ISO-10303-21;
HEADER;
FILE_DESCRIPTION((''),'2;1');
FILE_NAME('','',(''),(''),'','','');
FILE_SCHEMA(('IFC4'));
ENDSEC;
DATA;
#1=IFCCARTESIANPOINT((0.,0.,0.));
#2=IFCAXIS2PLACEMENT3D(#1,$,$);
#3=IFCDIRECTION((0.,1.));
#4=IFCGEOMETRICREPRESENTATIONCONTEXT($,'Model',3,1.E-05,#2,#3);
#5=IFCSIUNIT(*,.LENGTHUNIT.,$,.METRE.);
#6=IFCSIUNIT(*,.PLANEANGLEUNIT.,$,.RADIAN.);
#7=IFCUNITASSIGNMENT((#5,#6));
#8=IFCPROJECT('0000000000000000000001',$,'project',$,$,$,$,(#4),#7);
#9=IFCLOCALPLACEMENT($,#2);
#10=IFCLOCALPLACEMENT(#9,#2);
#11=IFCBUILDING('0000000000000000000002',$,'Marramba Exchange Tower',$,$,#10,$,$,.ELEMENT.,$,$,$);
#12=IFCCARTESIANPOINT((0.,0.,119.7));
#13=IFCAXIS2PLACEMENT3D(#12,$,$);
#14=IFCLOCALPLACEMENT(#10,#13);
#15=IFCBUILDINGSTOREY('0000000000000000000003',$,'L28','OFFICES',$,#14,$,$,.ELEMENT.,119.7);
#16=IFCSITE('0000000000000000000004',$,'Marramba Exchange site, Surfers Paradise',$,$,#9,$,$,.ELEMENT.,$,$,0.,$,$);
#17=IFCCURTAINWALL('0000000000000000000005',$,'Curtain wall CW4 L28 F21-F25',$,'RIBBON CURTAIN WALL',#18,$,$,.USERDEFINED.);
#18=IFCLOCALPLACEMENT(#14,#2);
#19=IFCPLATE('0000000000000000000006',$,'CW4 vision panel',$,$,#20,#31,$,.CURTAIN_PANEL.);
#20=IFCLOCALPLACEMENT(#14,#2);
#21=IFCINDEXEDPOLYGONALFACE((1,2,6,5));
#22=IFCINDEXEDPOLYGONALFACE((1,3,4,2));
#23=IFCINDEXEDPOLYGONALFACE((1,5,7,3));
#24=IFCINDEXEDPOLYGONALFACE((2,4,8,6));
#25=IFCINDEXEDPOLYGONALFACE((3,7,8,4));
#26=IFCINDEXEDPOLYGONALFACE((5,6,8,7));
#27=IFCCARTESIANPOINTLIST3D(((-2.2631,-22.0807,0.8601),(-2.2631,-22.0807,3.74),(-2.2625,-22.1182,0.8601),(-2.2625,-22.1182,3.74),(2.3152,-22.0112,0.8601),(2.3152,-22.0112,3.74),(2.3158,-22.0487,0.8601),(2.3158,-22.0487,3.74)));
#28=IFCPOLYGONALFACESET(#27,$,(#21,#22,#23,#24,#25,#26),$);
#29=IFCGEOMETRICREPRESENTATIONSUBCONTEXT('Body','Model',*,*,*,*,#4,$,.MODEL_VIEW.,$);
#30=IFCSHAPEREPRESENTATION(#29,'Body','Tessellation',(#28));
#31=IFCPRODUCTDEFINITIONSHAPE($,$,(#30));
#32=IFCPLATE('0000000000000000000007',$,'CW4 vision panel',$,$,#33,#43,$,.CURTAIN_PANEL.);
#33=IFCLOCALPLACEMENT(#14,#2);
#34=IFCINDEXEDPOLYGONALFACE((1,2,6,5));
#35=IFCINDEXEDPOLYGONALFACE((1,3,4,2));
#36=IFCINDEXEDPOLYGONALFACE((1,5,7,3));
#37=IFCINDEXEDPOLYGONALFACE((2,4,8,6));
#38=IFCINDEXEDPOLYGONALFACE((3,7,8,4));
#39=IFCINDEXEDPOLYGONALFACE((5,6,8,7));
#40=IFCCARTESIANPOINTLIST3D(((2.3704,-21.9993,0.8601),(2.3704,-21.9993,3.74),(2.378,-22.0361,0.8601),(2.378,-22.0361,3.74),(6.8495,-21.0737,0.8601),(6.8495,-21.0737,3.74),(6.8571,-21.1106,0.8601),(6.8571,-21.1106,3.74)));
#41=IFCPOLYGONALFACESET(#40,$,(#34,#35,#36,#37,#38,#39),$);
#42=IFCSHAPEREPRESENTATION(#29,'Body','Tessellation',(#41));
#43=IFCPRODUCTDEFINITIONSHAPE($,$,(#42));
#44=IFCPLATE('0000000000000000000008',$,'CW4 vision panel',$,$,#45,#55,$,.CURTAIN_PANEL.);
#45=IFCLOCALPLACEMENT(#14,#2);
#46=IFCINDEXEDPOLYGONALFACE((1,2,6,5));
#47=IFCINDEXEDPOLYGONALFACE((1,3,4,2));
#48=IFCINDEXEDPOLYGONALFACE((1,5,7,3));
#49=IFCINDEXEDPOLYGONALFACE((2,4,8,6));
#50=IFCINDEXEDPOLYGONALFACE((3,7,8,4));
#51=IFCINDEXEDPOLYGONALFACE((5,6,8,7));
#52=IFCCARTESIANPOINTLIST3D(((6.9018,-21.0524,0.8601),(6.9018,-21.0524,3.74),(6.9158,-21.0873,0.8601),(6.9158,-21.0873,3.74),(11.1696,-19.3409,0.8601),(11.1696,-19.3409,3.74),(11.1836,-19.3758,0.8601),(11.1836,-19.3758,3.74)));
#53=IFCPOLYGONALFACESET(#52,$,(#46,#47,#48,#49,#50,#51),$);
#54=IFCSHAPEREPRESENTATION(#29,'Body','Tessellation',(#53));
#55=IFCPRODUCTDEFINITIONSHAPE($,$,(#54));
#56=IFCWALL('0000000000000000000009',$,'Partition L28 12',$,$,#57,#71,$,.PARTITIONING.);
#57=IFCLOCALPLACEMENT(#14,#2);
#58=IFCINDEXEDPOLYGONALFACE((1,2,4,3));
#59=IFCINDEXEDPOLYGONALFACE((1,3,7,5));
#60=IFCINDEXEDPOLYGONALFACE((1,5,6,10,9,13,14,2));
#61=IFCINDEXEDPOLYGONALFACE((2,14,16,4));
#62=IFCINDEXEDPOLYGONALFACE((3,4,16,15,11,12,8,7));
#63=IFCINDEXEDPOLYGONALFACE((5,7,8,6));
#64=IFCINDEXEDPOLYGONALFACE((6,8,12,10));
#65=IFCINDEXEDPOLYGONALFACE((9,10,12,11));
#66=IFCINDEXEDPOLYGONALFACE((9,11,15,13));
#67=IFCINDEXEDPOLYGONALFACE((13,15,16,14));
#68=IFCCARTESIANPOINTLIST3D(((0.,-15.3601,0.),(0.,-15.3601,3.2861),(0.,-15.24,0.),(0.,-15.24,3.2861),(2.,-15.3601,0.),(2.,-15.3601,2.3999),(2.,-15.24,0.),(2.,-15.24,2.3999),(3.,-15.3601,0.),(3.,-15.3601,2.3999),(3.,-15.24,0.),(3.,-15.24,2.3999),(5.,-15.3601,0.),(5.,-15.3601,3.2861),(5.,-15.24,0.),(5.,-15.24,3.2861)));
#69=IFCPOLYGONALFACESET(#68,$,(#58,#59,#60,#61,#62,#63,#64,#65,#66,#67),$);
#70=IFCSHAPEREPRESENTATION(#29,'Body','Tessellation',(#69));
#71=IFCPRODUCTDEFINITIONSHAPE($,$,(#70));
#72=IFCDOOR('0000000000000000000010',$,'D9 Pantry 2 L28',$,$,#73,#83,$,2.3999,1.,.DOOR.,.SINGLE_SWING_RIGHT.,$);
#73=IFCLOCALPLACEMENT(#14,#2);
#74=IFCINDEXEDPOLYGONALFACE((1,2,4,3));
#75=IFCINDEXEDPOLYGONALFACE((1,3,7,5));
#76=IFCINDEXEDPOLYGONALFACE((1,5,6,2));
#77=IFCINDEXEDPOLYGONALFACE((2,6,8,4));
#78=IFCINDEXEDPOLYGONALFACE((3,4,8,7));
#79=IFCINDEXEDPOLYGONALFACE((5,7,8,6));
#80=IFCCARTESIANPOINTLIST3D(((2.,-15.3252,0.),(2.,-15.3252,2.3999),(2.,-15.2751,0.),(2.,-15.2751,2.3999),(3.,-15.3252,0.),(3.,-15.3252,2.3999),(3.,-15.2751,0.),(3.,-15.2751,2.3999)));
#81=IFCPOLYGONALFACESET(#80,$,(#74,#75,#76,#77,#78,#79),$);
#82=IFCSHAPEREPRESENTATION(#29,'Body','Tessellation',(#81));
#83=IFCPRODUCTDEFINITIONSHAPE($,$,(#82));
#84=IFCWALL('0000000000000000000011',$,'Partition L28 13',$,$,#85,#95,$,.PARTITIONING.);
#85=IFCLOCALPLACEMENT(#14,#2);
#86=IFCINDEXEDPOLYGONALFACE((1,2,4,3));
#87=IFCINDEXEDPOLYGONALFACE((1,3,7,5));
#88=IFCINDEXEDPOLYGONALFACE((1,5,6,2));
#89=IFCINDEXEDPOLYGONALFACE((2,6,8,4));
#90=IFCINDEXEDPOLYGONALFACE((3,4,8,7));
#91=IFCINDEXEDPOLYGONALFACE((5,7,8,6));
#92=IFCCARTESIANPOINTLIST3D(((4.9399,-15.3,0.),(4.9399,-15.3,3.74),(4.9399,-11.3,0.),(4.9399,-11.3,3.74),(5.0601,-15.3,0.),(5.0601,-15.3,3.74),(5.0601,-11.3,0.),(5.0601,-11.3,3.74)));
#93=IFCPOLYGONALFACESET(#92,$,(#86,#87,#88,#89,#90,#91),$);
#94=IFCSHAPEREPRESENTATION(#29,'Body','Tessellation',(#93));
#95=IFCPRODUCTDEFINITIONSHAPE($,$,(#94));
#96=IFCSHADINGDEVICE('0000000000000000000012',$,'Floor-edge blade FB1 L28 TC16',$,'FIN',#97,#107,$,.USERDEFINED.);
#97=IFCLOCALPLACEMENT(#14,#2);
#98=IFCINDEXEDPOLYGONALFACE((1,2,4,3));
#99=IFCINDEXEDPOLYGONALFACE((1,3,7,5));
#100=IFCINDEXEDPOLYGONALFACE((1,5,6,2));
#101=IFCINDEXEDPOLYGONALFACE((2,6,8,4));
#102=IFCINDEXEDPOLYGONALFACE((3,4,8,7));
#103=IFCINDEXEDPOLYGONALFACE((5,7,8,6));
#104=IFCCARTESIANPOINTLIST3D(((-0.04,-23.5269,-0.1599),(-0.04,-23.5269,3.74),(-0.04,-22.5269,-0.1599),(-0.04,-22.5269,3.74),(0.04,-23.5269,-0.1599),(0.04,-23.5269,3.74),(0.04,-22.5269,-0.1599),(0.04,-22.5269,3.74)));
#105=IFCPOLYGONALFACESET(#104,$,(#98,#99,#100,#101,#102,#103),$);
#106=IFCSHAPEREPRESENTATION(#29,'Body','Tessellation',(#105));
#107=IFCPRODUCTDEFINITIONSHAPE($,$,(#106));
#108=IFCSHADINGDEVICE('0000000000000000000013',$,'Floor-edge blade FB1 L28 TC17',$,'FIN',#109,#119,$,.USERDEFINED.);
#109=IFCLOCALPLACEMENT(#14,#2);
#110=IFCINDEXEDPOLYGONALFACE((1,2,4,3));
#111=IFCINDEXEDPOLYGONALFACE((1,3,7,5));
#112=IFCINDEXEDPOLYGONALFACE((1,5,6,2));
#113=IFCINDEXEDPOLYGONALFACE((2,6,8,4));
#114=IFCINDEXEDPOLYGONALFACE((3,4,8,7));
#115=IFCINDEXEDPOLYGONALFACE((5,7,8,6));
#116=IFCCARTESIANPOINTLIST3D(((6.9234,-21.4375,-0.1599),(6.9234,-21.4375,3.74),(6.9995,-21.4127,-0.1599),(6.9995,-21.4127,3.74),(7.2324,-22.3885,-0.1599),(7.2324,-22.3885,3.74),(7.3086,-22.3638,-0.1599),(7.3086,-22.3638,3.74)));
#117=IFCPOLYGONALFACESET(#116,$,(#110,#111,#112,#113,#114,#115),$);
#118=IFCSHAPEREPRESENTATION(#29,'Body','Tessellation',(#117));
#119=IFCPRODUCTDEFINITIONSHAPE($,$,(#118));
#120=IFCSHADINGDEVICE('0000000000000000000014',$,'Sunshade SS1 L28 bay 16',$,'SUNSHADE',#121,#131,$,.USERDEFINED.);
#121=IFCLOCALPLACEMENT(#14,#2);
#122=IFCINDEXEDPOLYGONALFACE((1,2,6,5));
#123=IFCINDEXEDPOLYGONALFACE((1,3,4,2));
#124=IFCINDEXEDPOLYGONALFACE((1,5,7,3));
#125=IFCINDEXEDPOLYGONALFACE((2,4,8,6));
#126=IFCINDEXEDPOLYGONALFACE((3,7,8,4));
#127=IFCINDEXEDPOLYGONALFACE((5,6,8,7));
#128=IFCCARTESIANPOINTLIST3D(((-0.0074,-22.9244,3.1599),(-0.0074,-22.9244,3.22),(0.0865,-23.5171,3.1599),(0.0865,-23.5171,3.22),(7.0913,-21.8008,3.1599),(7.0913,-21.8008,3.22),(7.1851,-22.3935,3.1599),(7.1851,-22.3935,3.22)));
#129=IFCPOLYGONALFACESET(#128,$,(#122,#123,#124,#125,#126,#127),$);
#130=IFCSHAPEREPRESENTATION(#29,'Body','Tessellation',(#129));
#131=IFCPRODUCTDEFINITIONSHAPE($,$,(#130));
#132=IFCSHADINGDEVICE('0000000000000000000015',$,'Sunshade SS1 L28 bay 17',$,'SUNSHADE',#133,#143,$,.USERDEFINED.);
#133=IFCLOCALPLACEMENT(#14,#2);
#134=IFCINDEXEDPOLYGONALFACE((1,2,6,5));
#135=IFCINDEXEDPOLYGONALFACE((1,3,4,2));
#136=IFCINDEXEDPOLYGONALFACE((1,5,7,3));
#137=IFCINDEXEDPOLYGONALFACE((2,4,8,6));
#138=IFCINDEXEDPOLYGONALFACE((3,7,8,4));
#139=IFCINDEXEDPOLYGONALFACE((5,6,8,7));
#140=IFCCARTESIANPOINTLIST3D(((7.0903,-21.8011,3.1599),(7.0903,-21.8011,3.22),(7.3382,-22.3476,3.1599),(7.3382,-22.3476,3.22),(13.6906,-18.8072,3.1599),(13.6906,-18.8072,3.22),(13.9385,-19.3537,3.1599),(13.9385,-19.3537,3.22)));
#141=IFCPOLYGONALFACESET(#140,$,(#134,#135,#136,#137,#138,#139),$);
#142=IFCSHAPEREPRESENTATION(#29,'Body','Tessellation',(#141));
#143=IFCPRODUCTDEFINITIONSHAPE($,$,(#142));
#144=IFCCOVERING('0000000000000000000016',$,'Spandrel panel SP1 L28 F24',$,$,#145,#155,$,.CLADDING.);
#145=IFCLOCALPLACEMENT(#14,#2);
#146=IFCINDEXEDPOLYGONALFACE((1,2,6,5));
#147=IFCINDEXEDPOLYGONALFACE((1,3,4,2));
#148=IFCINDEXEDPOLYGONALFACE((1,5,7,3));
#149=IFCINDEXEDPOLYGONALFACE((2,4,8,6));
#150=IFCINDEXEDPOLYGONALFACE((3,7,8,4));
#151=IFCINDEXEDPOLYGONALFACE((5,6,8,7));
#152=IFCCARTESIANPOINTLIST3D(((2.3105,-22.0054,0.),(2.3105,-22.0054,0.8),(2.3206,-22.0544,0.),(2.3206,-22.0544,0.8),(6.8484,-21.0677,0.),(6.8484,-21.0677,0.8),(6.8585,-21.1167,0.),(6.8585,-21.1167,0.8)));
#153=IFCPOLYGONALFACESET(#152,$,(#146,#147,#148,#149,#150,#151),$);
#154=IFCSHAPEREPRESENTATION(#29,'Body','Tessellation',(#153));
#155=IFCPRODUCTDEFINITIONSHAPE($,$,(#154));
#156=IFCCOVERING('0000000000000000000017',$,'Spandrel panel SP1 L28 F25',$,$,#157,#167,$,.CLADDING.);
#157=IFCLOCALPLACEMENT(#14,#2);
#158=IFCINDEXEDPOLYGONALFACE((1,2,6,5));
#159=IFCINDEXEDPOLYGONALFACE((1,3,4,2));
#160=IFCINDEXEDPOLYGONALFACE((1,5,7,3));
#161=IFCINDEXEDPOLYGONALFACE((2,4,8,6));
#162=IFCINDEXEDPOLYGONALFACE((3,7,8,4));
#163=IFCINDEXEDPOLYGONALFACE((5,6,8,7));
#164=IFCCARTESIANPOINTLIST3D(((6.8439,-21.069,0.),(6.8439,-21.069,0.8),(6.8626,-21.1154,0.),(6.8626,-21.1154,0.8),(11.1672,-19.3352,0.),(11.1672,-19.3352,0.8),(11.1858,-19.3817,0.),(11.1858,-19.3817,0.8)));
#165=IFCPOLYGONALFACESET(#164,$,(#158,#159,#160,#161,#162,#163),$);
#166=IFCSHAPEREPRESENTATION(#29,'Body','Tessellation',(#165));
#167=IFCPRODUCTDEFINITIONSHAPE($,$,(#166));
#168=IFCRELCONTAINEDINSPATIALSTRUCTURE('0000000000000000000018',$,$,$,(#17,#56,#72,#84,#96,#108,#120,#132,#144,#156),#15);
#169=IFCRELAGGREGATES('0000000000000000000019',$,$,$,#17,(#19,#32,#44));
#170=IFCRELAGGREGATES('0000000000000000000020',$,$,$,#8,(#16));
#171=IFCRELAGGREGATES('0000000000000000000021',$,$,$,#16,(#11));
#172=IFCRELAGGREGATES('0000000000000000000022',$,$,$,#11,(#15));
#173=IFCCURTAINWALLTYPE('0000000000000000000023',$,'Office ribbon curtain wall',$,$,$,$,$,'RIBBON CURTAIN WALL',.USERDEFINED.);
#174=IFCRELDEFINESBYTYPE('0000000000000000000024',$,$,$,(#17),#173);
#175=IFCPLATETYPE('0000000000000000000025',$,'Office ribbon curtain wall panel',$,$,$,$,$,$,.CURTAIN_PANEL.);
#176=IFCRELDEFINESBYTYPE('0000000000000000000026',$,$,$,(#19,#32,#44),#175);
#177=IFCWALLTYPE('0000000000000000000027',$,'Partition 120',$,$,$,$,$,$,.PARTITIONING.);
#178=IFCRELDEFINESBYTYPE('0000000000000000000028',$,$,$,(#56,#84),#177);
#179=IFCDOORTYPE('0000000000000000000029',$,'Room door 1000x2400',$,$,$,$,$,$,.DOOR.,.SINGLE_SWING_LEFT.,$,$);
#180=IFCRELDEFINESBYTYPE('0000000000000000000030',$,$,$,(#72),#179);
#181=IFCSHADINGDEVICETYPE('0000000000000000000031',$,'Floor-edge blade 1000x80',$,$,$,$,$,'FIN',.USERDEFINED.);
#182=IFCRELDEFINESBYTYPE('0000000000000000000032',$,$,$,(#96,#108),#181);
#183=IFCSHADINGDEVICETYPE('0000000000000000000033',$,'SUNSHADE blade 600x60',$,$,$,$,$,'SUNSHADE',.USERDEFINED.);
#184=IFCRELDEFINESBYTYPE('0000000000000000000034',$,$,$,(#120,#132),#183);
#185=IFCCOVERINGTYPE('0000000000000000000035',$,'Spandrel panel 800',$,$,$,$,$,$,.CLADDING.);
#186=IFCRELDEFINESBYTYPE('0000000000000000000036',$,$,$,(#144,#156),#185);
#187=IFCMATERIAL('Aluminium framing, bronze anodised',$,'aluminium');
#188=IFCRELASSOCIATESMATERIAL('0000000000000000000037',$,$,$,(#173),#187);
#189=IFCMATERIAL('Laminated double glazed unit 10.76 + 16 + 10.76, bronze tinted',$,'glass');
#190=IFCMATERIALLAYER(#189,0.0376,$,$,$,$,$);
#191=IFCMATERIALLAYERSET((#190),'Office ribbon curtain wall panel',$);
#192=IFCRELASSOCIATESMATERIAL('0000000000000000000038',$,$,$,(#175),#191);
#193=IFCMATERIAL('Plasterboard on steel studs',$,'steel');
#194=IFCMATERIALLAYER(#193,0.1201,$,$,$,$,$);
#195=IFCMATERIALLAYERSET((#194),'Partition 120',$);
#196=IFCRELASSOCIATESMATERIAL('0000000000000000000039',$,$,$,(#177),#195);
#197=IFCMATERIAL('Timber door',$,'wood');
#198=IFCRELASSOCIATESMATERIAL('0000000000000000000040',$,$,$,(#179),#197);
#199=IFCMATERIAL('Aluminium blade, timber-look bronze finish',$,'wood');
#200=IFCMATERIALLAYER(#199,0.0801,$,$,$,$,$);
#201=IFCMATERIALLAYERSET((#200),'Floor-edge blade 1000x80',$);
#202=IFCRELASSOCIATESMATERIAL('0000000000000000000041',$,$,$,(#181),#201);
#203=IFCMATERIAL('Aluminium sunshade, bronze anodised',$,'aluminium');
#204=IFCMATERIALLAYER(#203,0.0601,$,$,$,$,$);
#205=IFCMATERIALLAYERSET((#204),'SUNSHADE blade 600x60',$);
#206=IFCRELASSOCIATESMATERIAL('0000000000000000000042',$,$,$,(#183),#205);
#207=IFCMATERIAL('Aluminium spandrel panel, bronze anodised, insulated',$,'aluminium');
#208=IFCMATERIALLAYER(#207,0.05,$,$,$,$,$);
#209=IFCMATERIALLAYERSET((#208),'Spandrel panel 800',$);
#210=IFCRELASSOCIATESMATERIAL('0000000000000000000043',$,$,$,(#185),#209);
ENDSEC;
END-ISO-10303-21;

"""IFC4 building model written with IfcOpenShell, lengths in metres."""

from ifc_helpers import new_model, si_unit, direction, frame, frame_2d, origin, origin_2d, place, context, subcontext, project, spatial, rectangle, extrude, material, layer, layer_set, type_object, element, fill, aggregate, save


model = new_model("IFC4")

# Units and contexts
model_context = context("Model", 3, precision=1e-05, world=origin(), true_north=direction((0.0, 1.0)))
body_context = subcontext(model_context, "Body", "Model", "MODEL_VIEW")
ifc_project = project(units=[si_unit("LENGTHUNIT", "METRE"), si_unit("PLANEANGLEUNIT", "RADIAN")], contexts=[model_context])

# Site, building, storey
site_placement = place(None, origin())
site = spatial("IfcSite", under=ifc_project, at=site_placement, Name="Marramba Exchange site, Surfers Paradise", CompositionType="ELEMENT", RefElevation=0.0)
building_placement = place(site_placement, origin())
building = spatial("IfcBuilding", under=site, at=building_placement, Name="Marramba Exchange Tower", CompositionType="ELEMENT")
storey_placement = place(building_placement, frame((0.0, 0.0, 119.7)))
storey = spatial("IfcBuildingStorey", under=building, at=storey_placement, Name="L28", Description="OFFICES", CompositionType="ELEMENT", Elevation=119.7)

# Curtain wall
ifc_material_1 = material(Name="Aluminium framing, bronze anodised", Category="aluminium")
curtain_wall_type = type_object("IfcCurtainWallType", Name="Office ribbon curtain wall", ElementType="RIBBON CURTAIN WALL", PredefinedType="USERDEFINED", material=ifc_material_1)
curtain_wall_1_placement = place(storey_placement, origin())
curtain_wall_1 = element("IfcCurtainWall", 1, at=curtain_wall_1_placement, inside=storey, type_object=curtain_wall_type, Name="Curtain wall CW4 L28 F21-F25", ObjectType="RIBBON CURTAIN WALL", PredefinedType="USERDEFINED")

# Plates
ifc_material_2 = material(Name="Laminated double glazed unit 10.76 + 16 + 10.76, bronze tinted", Category="glass")
ifc_layer_1 = layer(ifc_material_2, 0.0376)
ifc_layer_set_1 = layer_set([ifc_layer_1], Name="Office ribbon curtain wall panel")
plate_type = type_object("IfcPlateType", Name="Office ribbon curtain wall panel", PredefinedType="CURTAIN_PANEL", material=ifc_layer_set_1)
plate_1_placement = place(storey_placement, frame((0.0264, -22.0647, 0.8601), z_axis=(0.0, 0.0, 1.0), x_axis=(0.999885, 0.015179, 0.0)))
plate_1 = element("IfcPlate", 2, at=plate_1_placement, type_object=plate_type, Name="CW4 vision panel", PredefinedType="CURTAIN_PANEL", context=body_context, shape_type="SweptSolid", body=[
    extrude(rectangle(XDim=4.5789, YDim=0.0376, at=origin_2d()), origin(), (0.0, 0.0, 1.0), 2.8799),
])
plate_2_placement = place(storey_placement, frame((4.6138, -21.5549, 0.8601), z_axis=(0.0, 0.0, 1.0), x_axis=(0.97931, 0.202365, 0.0)))
plate_2 = element("IfcPlate", 3, at=plate_2_placement, type_object=plate_type, Name="CW4 vision panel", PredefinedType="CURTAIN_PANEL", context=body_context, shape_type="SweptSolid", body=[
    extrude(rectangle(XDim=4.5737, YDim=0.0376, at=origin_2d()), origin(), (0.0, 0.0, 1.0), 2.8799),
])
plate_3_placement = place(storey_placement, frame((9.0427, -20.2141, 0.8601), z_axis=(0.0, 0.0, 1.0), x_axis=(0.928149, 0.372209, 0.0)))
plate_3 = element("IfcPlate", 4, at=plate_3_placement, type_object=plate_type, Name="CW4 vision panel", PredefinedType="CURTAIN_PANEL", context=body_context, shape_type="SweptSolid", body=[
    extrude(rectangle(XDim=4.5981, YDim=0.0376, at=origin_2d()), origin(), (0.0, 0.0, 1.0), 2.8799),
])
aggregate(curtain_wall_1, [plate_1, plate_2, plate_3])

# Wall, opening, door
ifc_material_3 = material(Name="Plasterboard on steel studs", Category="steel")
ifc_layer_2 = layer(ifc_material_3, 0.1201)
ifc_layer_set_2 = layer_set([ifc_layer_2], Name="Partition 120")
wall_type = type_object("IfcWallType", Name="Partition 120", PredefinedType="PARTITIONING", material=ifc_layer_set_2)
wall_1_placement = place(storey_placement, frame((0.0, -15.3, 0.0), z_axis=(0.0, 0.0, 1.0), x_axis=(1.0, 0.0, 0.0)))
wall_1 = element("IfcWall", 5, at=wall_1_placement, inside=storey, type_object=wall_type, Name="Partition L28 12", PredefinedType="PARTITIONING", context=body_context, shape_type="SweptSolid", body=[
    extrude(rectangle(XDim=5.0, YDim=0.1201, at=frame_2d((2.5, 0.0))), origin(), (0.0, 0.0, 1.0), 3.2861),
])
opening_placement = place(wall_1_placement, frame((2.0, 0.0, 0.0)))
opening = element("IfcOpeningElement", 6, at=opening_placement, cuts=wall_1, PredefinedType="OPENING", context=body_context, shape_type="SweptSolid", body=[
    extrude(rectangle(XDim=1.0, YDim=2.3999, at=frame_2d((0.5, 1.2))), frame((0.0, 0.0701, 0.0), z_axis=(0.0, -1.0, 0.0), x_axis=(1.0, 0.0, 0.0)), (0.0, 0.0, 1.0), 0.1401),
])
ifc_material_4 = material(Name="Timber door", Category="wood")
door_type = type_object("IfcDoorType", Name="Room door 1000x2400", OperationType="SINGLE_SWING_LEFT", PredefinedType="DOOR", material=ifc_material_4)
door_placement = place(opening_placement, origin())
door = element("IfcDoor", 7, at=door_placement, inside=storey, type_object=door_type, Name="D9 Pantry 2 L28", OperationType="SINGLE_SWING_RIGHT", OverallHeight=2.3999, OverallWidth=1.0, PredefinedType="DOOR", context=body_context, shape_type="SweptSolid", body=[
    extrude(rectangle(XDim=1.0, YDim=2.3999, at=frame_2d((0.5, 1.2))), frame((0.0, 0.0249, 0.0), z_axis=(0.0, -1.0, 0.0), x_axis=(1.0, 0.0, 0.0)), (0.0, 0.0, 1.0), 0.05),
])
fill(opening, door)

# Wall
wall_2_placement = place(storey_placement, frame((5.0, -15.3, 0.0), z_axis=(0.0, 0.0, 1.0), x_axis=(0.0, 1.0, 0.0)))
element("IfcWall", 8, at=wall_2_placement, inside=storey, type_object=wall_type, Name="Partition L28 13", PredefinedType="PARTITIONING", context=body_context, shape_type="SweptSolid", body=[
    extrude(rectangle(XDim=4.0, YDim=0.1201, at=frame_2d((2.0, 0.0))), origin(), (0.0, 0.0, 1.0), 3.74),
])

# Shading devices
ifc_material_5 = material(Name="Aluminium blade, timber-look bronze finish", Category="wood")
ifc_layer_3 = layer(ifc_material_5, 0.0801)
ifc_layer_set_3 = layer_set([ifc_layer_3], Name="Floor-edge blade 1000x80")
shading_device_type_1 = type_object("IfcShadingDeviceType", Name="Floor-edge blade 1000x80", ElementType="FIN", PredefinedType="USERDEFINED", material=ifc_layer_set_3)
for number, where, z_axis, x_axis, name in (
    (9, (0.0, -23.0269, -0.1599), (0.0, 0.0, 1.0), (0.0, -1.0, 0.0), "Floor-edge blade FB1 L28 TC16"),
    (10, (7.116, -21.9006, -0.1599), (0.0, 0.0, 1.0), (0.309017, -0.951057, 0.0), "Floor-edge blade FB1 L28 TC17"),
):
    element("IfcShadingDevice", number, at=place(storey_placement, frame(where, z_axis=z_axis, x_axis=x_axis)), inside=storey, type_object=shading_device_type_1, Name=name, ObjectType="FIN", PredefinedType="USERDEFINED", context=body_context, shape_type="SweptSolid", body=[
        extrude(rectangle(XDim=1.0, YDim=0.0801, at=origin_2d()), origin(), (0.0, 0.0, 1.0), 3.8999),
    ])
ifc_material_6 = material(Name="Aluminium sunshade, bronze anodised", Category="aluminium")
ifc_layer_4 = layer(ifc_material_6, 0.0601)
ifc_layer_set_4 = layer_set([ifc_layer_4], Name="SUNSHADE blade 600x60")
shading_device_type_2 = type_object("IfcShadingDeviceType", Name="SUNSHADE blade 600x60", ElementType="SUNSHADE", PredefinedType="USERDEFINED", material=ifc_layer_set_4)
shading_device_1_placement = place(storey_placement, frame((3.5889, -22.6589, 3.1599), z_axis=(0.0, 0.0, 1.0), x_axis=(0.987705, 0.15633, 0.0)))
element("IfcShadingDevice", 11, at=shading_device_1_placement, inside=storey, type_object=shading_device_type_2, Name="Sunshade SS1 L28 bay 16", ObjectType="SUNSHADE", PredefinedType="USERDEFINED", context=body_context, shape_type="SweptSolid", body=[
    extrude(rectangle(XDim=7.187, YDim=0.6001, at=origin_2d()), origin(), (0.0, 0.0, 1.0), 0.0601),
])
shading_device_2_placement = place(storey_placement, frame((10.5144, -20.5774, 3.1599), z_axis=(0.0, 0.0, 1.0), x_axis=(0.910692, 0.413086, 0.0)))
element("IfcShadingDevice", 12, at=shading_device_2_placement, inside=storey, type_object=shading_device_type_2, Name="Sunshade SS1 L28 bay 17", ObjectType="SUNSHADE", PredefinedType="USERDEFINED", context=body_context, shape_type="SweptSolid", body=[
    extrude(rectangle(XDim=7.2476, YDim=0.6001, at=origin_2d()), origin(), (0.0, 0.0, 1.0), 0.0601),
])

# Coverings
ifc_material_7 = material(Name="Aluminium spandrel panel, bronze anodised, insulated", Category="aluminium")
ifc_layer_5 = layer(ifc_material_7, 0.05)
ifc_layer_set_5 = layer_set([ifc_layer_5], Name="Spandrel panel 800")
covering_type = type_object("IfcCoveringType", Name="Spandrel panel 800", PredefinedType="CLADDING", material=ifc_layer_set_5)
covering_1_placement = place(storey_placement, frame((4.5845, -21.561, 0.0), z_axis=(0.0, 0.0, 1.0), x_axis=(0.97931, 0.202365, 0.0)))
element("IfcCovering", 13, at=covering_1_placement, inside=storey, type_object=covering_type, Name="Spandrel panel SP1 L28 F24", PredefinedType="CLADDING", context=body_context, shape_type="SweptSolid", body=[
    extrude(rectangle(XDim=4.6338, YDim=0.05, at=origin_2d()), origin(), (0.0, 0.0, 1.0), 0.8),
])
covering_2_placement = place(storey_placement, frame((9.0149, -20.2253, 0.0), z_axis=(0.0, 0.0, 1.0), x_axis=(0.928149, 0.372209, 0.0)))
element("IfcCovering", 14, at=covering_2_placement, inside=storey, type_object=covering_type, Name="Spandrel panel SP1 L28 F25", PredefinedType="CLADDING", context=body_context, shape_type="SweptSolid", body=[
    extrude(rectangle(XDim=4.658, YDim=0.05, at=origin_2d()), origin(), (0.0, 0.0, 1.0), 0.8),
])

save(model, "model.ifc")
